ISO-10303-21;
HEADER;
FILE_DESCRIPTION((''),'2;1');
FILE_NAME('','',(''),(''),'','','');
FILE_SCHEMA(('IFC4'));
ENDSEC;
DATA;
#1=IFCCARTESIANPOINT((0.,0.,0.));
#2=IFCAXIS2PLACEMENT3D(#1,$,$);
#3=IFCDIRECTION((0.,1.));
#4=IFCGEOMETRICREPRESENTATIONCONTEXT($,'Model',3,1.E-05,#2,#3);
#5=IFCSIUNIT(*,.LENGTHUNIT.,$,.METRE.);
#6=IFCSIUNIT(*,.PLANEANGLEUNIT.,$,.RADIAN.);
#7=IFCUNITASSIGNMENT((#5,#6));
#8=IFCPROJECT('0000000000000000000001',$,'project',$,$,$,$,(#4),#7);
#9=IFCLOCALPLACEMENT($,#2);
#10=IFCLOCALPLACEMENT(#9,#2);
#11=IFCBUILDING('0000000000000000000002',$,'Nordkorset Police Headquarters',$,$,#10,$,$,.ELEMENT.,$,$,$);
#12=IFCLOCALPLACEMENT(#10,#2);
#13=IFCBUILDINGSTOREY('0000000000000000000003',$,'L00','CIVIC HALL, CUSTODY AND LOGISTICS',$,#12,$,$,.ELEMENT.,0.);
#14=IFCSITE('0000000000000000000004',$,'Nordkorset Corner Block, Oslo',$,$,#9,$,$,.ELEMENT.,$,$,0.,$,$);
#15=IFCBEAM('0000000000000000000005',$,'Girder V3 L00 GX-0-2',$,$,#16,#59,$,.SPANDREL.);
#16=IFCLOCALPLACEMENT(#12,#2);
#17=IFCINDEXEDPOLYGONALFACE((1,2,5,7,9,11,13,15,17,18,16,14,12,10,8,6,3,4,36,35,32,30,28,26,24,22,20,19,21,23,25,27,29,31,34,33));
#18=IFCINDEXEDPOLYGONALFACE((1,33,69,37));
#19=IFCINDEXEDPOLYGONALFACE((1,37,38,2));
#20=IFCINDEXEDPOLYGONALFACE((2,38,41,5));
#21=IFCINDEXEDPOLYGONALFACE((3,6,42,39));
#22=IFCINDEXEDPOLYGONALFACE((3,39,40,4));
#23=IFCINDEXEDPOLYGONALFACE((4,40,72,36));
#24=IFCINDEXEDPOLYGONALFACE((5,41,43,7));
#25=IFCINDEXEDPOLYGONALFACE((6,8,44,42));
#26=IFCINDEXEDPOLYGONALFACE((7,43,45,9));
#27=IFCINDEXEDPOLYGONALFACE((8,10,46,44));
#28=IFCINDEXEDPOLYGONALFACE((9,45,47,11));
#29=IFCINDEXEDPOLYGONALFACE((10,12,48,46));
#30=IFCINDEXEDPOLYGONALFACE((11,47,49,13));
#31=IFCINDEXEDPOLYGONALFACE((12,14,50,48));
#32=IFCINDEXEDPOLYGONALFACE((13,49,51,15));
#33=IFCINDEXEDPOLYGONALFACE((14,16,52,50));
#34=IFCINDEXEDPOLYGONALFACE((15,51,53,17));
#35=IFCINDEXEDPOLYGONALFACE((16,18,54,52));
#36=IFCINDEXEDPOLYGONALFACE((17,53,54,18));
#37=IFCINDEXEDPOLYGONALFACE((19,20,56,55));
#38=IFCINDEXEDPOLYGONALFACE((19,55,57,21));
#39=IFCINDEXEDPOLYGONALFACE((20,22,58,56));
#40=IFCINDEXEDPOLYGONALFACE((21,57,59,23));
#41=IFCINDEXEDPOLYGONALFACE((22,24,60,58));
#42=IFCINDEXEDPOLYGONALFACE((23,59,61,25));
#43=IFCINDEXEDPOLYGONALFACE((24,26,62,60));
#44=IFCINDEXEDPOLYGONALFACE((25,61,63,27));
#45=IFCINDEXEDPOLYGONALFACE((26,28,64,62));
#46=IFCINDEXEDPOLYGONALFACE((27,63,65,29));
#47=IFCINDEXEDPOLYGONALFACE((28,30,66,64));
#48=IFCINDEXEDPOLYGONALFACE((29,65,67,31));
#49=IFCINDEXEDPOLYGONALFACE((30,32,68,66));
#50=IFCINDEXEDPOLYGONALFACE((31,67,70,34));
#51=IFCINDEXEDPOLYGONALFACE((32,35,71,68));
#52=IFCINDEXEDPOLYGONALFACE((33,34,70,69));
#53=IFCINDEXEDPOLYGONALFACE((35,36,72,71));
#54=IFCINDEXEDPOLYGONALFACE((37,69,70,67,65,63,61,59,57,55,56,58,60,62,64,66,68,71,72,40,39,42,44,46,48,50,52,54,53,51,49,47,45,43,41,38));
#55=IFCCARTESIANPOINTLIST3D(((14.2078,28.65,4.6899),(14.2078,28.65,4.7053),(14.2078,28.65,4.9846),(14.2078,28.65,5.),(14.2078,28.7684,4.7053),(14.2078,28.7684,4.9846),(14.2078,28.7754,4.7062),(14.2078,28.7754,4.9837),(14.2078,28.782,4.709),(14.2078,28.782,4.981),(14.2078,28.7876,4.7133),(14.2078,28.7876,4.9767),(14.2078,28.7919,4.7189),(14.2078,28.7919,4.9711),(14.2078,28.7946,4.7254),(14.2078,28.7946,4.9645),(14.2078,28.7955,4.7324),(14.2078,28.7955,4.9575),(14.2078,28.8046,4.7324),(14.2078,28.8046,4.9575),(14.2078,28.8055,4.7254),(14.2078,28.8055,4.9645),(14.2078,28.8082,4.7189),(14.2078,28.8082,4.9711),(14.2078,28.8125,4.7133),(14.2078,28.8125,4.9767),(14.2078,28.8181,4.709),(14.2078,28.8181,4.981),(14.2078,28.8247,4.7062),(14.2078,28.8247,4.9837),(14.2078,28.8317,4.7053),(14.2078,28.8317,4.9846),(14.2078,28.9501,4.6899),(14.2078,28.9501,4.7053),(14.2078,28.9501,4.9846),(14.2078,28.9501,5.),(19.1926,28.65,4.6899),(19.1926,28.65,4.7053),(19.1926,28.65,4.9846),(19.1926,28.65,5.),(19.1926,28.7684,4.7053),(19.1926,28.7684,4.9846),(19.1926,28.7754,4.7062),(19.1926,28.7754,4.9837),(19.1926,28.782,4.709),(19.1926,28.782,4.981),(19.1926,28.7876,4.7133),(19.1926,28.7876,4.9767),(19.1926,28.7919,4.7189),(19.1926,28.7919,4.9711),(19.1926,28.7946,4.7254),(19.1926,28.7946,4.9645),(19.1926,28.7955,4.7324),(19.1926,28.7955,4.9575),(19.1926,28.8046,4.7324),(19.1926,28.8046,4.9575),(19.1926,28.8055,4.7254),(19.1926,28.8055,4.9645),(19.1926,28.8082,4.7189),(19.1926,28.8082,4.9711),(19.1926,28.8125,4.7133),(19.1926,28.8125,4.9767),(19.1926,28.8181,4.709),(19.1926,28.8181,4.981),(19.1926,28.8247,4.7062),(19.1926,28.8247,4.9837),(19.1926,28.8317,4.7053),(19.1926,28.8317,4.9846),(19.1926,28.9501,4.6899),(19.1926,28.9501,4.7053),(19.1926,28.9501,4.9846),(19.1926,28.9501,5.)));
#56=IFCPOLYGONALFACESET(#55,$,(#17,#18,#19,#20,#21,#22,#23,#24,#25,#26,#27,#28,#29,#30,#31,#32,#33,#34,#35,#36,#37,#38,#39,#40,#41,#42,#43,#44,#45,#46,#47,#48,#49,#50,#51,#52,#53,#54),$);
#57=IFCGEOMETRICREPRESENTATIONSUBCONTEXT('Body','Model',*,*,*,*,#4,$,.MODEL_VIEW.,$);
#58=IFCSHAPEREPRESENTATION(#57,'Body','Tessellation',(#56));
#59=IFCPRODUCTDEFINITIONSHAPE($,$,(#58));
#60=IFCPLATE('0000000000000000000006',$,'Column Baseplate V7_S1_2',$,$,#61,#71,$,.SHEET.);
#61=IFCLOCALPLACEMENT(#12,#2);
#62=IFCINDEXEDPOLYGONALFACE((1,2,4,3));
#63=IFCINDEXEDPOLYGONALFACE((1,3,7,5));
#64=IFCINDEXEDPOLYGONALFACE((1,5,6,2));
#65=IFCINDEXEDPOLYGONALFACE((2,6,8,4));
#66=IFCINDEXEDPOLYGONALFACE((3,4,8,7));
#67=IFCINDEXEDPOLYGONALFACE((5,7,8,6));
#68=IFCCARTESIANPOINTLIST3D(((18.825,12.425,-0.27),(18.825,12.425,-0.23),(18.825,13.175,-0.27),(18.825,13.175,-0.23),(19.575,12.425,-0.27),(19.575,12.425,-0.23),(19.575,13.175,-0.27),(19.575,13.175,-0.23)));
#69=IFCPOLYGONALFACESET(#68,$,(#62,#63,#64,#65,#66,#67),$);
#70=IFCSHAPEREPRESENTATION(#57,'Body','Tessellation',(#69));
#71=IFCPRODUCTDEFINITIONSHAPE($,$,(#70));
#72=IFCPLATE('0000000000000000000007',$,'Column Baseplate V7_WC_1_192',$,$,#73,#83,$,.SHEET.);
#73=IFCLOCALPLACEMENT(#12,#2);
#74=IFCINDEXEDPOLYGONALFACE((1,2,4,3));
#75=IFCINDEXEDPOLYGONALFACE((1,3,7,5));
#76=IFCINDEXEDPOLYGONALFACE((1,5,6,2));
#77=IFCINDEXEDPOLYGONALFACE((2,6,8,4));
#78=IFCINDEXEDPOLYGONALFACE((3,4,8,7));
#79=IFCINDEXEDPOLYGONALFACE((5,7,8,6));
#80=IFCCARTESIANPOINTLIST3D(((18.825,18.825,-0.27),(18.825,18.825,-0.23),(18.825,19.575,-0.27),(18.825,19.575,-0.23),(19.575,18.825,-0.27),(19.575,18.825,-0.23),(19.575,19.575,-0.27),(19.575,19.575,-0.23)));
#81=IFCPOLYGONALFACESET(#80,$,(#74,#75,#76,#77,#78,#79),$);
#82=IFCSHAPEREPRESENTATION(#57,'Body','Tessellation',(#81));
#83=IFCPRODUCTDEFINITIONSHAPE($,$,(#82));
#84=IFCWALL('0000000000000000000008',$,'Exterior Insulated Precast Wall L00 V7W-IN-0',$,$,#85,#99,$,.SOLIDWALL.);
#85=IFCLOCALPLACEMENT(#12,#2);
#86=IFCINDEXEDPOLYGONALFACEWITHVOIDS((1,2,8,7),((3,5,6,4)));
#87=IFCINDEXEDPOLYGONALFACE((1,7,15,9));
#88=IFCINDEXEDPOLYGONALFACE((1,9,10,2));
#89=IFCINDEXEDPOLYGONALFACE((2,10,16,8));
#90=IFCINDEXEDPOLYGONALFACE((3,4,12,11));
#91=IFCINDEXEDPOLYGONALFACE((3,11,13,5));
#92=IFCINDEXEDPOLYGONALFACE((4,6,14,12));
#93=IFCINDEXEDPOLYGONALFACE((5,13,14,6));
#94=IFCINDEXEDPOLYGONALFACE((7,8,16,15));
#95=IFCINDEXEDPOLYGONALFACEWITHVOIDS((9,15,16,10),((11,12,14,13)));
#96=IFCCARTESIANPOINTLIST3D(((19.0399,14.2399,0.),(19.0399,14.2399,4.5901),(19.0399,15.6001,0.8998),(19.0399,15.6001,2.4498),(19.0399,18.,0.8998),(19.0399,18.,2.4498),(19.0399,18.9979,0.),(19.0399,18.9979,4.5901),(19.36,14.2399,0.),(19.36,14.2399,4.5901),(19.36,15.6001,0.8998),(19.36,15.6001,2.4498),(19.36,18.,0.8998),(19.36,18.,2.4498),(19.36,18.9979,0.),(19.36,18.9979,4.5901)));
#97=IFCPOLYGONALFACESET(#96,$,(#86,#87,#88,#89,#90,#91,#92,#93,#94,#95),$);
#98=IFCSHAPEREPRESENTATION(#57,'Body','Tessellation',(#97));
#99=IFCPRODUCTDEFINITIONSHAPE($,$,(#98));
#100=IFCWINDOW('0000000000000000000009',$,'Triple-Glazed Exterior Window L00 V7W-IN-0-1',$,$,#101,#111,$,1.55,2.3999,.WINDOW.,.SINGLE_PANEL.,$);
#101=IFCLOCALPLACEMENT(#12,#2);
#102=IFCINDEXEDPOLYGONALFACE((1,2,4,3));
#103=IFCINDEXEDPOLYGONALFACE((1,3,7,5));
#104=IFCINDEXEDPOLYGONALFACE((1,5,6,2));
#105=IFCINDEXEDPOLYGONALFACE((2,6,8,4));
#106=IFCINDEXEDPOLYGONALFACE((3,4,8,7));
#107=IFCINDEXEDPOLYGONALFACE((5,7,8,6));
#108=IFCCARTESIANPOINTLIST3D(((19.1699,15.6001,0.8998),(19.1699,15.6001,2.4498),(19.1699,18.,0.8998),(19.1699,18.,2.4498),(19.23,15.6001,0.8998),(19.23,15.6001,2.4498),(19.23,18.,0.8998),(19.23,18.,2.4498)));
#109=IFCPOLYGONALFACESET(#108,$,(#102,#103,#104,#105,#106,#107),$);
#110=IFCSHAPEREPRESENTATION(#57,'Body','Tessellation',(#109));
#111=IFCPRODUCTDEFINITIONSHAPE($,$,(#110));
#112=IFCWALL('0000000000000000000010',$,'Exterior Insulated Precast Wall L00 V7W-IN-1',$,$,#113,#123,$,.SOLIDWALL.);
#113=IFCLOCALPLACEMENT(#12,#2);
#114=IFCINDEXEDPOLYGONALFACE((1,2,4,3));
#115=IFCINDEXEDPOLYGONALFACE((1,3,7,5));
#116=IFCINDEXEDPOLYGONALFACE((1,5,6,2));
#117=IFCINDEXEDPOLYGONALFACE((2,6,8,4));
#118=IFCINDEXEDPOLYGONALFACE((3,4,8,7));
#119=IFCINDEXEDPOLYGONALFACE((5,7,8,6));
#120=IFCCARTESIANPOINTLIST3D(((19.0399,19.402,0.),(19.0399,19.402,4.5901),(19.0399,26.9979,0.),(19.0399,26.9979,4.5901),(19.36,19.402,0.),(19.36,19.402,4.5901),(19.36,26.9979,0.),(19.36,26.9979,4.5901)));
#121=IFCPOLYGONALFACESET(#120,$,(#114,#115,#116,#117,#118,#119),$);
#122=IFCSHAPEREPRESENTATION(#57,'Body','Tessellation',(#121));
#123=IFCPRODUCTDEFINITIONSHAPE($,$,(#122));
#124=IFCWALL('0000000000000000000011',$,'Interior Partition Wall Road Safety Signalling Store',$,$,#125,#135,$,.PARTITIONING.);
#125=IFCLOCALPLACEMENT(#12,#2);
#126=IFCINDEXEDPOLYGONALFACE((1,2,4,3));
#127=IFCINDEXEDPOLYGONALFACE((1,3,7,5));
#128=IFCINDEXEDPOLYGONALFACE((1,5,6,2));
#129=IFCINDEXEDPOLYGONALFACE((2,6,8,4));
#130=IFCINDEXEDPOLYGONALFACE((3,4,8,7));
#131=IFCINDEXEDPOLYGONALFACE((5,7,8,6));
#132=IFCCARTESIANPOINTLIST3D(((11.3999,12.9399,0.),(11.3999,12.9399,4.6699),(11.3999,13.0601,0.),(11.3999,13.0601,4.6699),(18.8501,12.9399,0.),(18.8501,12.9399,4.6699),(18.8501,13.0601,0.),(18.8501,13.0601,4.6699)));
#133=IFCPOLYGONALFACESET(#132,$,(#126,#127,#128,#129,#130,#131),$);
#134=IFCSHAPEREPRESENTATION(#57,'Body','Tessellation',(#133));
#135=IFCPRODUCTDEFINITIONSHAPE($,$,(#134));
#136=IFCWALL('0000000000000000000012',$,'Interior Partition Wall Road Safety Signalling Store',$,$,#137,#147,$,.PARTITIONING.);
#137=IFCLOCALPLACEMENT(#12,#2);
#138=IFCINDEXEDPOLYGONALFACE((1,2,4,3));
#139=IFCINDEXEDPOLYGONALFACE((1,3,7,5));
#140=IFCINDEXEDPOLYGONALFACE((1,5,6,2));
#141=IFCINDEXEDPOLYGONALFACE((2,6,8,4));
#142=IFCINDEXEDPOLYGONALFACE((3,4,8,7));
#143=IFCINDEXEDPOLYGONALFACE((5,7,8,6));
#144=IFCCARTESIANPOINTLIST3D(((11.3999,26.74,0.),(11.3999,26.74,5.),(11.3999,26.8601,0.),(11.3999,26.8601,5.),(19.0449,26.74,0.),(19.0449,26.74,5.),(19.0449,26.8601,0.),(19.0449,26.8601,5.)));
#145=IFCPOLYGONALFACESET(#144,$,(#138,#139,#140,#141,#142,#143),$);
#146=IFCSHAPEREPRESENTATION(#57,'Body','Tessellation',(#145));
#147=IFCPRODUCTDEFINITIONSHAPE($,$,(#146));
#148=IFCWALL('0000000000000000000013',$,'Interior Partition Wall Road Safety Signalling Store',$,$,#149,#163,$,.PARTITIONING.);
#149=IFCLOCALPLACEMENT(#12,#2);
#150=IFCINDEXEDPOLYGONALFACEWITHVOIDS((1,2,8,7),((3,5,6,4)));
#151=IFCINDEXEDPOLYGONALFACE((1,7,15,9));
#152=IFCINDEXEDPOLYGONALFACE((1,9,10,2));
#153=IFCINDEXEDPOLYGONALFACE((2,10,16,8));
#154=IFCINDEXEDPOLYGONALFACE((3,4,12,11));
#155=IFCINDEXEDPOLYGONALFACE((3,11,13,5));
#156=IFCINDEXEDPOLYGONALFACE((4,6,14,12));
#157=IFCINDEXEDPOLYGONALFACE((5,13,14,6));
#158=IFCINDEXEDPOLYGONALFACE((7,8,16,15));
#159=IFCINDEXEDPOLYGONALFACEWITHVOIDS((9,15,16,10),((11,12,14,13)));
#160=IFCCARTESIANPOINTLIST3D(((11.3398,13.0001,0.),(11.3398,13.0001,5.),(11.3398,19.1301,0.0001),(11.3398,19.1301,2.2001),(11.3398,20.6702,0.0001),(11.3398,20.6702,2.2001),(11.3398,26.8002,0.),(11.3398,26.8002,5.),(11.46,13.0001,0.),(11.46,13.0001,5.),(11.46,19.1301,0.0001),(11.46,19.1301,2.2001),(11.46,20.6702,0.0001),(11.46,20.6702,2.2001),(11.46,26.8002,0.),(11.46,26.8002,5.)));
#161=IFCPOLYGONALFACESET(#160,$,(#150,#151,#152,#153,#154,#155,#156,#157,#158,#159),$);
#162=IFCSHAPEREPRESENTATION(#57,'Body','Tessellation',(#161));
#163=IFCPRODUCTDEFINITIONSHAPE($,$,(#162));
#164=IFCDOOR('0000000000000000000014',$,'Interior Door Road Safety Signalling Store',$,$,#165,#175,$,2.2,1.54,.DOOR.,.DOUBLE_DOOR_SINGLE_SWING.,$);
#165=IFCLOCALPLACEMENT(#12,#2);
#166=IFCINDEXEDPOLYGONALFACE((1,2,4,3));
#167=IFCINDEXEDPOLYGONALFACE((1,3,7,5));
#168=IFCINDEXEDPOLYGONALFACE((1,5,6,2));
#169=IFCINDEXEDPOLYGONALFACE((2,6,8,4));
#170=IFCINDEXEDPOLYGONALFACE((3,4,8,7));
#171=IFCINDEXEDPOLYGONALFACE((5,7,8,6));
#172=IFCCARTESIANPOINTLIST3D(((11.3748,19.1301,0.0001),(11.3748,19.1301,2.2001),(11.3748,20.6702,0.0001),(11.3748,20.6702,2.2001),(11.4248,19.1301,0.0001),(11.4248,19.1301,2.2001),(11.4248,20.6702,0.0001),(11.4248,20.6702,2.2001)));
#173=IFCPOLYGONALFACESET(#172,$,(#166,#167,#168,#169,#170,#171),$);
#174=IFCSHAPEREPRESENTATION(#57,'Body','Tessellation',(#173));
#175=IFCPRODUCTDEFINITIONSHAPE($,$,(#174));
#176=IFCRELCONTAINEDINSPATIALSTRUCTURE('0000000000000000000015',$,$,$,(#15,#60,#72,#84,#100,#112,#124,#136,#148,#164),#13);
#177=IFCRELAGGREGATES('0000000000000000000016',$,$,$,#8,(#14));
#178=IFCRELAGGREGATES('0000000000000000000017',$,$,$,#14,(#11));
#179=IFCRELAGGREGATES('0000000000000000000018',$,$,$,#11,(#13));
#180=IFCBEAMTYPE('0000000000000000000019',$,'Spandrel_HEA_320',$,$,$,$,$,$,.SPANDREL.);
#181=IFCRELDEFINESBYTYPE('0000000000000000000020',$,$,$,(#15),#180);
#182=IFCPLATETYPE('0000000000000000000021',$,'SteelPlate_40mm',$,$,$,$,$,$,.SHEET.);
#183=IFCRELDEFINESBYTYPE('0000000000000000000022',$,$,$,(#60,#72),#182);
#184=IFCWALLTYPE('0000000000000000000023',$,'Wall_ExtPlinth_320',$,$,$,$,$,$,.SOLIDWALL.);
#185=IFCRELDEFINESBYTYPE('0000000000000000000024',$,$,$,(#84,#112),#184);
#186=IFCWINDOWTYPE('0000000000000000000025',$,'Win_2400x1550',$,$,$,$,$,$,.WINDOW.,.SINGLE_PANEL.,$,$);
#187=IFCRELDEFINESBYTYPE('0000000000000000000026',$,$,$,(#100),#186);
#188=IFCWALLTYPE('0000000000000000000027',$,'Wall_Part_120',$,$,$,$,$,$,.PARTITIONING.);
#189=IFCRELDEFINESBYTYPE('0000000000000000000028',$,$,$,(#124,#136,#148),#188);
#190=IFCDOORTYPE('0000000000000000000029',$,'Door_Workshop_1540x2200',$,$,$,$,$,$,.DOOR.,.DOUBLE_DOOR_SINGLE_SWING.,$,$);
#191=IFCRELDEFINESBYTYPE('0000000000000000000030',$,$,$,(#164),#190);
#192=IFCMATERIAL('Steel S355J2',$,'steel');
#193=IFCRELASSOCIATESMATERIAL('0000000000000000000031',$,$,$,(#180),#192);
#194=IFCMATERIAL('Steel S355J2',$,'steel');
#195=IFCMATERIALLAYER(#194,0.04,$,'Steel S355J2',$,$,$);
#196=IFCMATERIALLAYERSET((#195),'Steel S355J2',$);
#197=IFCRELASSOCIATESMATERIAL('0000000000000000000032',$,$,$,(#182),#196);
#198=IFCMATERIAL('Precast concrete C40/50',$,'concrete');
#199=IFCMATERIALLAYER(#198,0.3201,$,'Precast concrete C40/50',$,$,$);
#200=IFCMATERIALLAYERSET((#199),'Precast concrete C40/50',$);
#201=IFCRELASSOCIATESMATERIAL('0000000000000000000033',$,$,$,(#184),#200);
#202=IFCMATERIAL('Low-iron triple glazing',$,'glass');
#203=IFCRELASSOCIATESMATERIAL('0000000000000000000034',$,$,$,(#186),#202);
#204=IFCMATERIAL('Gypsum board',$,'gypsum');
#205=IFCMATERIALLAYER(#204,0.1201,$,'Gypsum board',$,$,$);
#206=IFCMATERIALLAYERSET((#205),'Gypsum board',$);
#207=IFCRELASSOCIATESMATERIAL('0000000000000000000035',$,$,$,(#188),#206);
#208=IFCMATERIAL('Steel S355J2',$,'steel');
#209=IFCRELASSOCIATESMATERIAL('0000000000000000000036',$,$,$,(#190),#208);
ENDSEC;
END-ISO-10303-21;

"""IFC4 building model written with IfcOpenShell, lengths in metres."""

from ifc_helpers import new_model, si_unit, direction, frame, frame_2d, origin, origin_2d, place, context, subcontext, project, spatial, rectangle, i_section, extrude, material, layer, layer_set, material_profile, profile_set, type_object, element, fill, save


model = new_model("IFC4")

# Units and contexts
model_context = context("Model", 3, precision=1e-05, world=origin(), true_north=direction((0.0, 1.0)))
body_context = subcontext(model_context, "Body", "Model", "MODEL_VIEW")
ifc_project = project(units=[si_unit("LENGTHUNIT", "METRE"), si_unit("PLANEANGLEUNIT", "RADIAN")], contexts=[model_context])

# Site, building, storey
site_placement = place(None, origin())
site = spatial("IfcSite", under=ifc_project, at=site_placement, Name="Nordkorset Corner Block, Oslo", CompositionType="ELEMENT", RefElevation=0.0)
building_placement = place(site_placement, origin())
building = spatial("IfcBuilding", under=site, at=building_placement, Name="Nordkorset Police Headquarters", CompositionType="ELEMENT")
storey_placement = place(building_placement, origin())
storey = spatial("IfcBuildingStorey", under=building, at=storey_placement, Name="L00", Description="CIVIC HALL, CUSTODY AND LOGISTICS", CompositionType="ELEMENT", Elevation=0.0)

# Beam
ifc_material_1 = material(Name="Steel S355J2", Category="steel")
ifc_material_profile_1 = material_profile(ifc_material_1, i_section(OverallWidth=0.3, OverallDepth=0.3101, WebThickness=0.009, FlangeThickness=0.0154, FilletRadius=0.0271, at=origin_2d()), Name="HEA 320")
ifc_profile_set_1 = profile_set([ifc_material_profile_1], Name="Steel S355J2")
beam_type_1 = type_object("IfcBeamType", Name="Spandrel_HEA_320", PredefinedType="SPANDREL", material=ifc_profile_set_1)
beam_1_placement = place(storey_placement, frame((14.2078, 28.8, 4.845), z_axis=(1.0, 0.0, 0.0), x_axis=(0.0, 1.0, 0.0)))
element("IfcBeam", 1, at=beam_1_placement, inside=storey, type_object=beam_type_1, Name="Girder V3 L00 GX-0-2", PredefinedType="SPANDREL", context=body_context, shape_type="SweptSolid", body=[
    extrude(i_section(OverallWidth=0.3, OverallDepth=0.3101, WebThickness=0.009, FlangeThickness=0.0154, FilletRadius=0.0271, at=origin_2d()), origin(), (0.0, 0.0, 1.0), 4.9849),
])

# Plates
ifc_material_2 = material(Name="Steel S355J2", Category="steel")
ifc_layer_1 = layer(ifc_material_2, 0.04, Name="Steel S355J2")
ifc_layer_set_1 = layer_set([ifc_layer_1], Name="Steel S355J2")
plate_type = type_object("IfcPlateType", Name="SteelPlate_40mm", PredefinedType="SHEET", material=ifc_layer_set_1)
for number, where, z_axis, x_axis, name in (
    (2, (19.2, 12.8, -0.27), (0.0, 0.0, 1.0), (1.0, 0.0, 0.0), "Column Baseplate V7_S1_2"),
    (3, (19.2, 19.2, -0.27), (0.0, 0.0, 1.0), (1.0, 0.0, 0.0), "Column Baseplate V7_WC_1_192"),
):
    element("IfcPlate", number, at=place(storey_placement, frame(where, z_axis=z_axis, x_axis=x_axis)), inside=storey, type_object=plate_type, Name=name, PredefinedType="SHEET", context=body_context, shape_type="SweptSolid", body=[
        extrude(rectangle(XDim=0.75, YDim=0.75, at=origin_2d()), origin(), (0.0, 0.0, 1.0), 0.04),
    ])

# Wall, opening, window
ifc_material_3 = material(Name="Precast concrete C40/50", Category="concrete")
ifc_layer_2 = layer(ifc_material_3, 0.3201, Name="Precast concrete C40/50")
ifc_layer_set_2 = layer_set([ifc_layer_2], Name="Precast concrete C40/50")
wall_type_1 = type_object("IfcWallType", Name="Wall_ExtPlinth_320", PredefinedType="SOLIDWALL", material=ifc_layer_set_2)
wall_1_placement = place(storey_placement, frame((19.2, 14.24, 0.0), z_axis=(0.0, 0.0, 1.0), x_axis=(0.0, 1.0, 0.0)))
wall_1 = element("IfcWall", 4, at=wall_1_placement, inside=storey, type_object=wall_type_1, Name="Exterior Insulated Precast Wall L00 V7W-IN-0", PredefinedType="SOLIDWALL", context=body_context, shape_type="SweptSolid", body=[
    extrude(rectangle(XDim=4.7581, YDim=0.3201, at=frame_2d((2.3789, 0.0))), origin(), (0.0, 0.0, 1.0), 4.5901),
])
opening_1_placement = place(wall_1_placement, frame((1.3601, 0.0, 0.8999)))
opening_1 = element("IfcOpeningElement", 5, at=opening_1_placement, cuts=wall_1, PredefinedType="OPENING", context=body_context, shape_type="SweptSolid", body=[
    extrude(rectangle(XDim=2.3999, YDim=1.55, at=frame_2d((1.2, 0.7749))), frame((0.0, 0.1699, 0.0), z_axis=(0.0, -1.0, 0.0), x_axis=(1.0, 0.0, 0.0)), (0.0, 0.0, 1.0), 0.3401),
])
ifc_material_4 = material(Name="Low-iron triple glazing", Category="glass")
window_type = type_object("IfcWindowType", Name="Win_2400x1550", PartitioningType="SINGLE_PANEL", PredefinedType="WINDOW", material=ifc_material_4)
window_placement = place(opening_1_placement, origin())
window = element("IfcWindow", 6, at=window_placement, inside=storey, type_object=window_type, Name="Triple-Glazed Exterior Window L00 V7W-IN-0-1", OverallHeight=1.55, OverallWidth=2.3999, PartitioningType="SINGLE_PANEL", PredefinedType="WINDOW", context=body_context, shape_type="SweptSolid", body=[
    extrude(rectangle(XDim=2.3999, YDim=1.55, at=frame_2d((1.2, 0.7749))), frame((0.0, 0.03, 0.0), z_axis=(0.0, -1.0, 0.0), x_axis=(1.0, 0.0, 0.0)), (0.0, 0.0, 1.0), 0.0601),
])
fill(opening_1, window)

# Walls
wall_2_placement = place(storey_placement, frame((19.2, 19.4021, 0.0), z_axis=(0.0, 0.0, 1.0), x_axis=(0.0, 1.0, 0.0)))
element("IfcWall", 7, at=wall_2_placement, inside=storey, type_object=wall_type_1, Name="Exterior Insulated Precast Wall L00 V7W-IN-1", PredefinedType="SOLIDWALL", context=body_context, shape_type="SweptSolid", body=[
    extrude(rectangle(XDim=7.5959, YDim=0.3201, at=frame_2d((3.7979, 0.0))), origin(), (0.0, 0.0, 1.0), 4.5901),
])
ifc_material_5 = material(Name="Gypsum board", Category="gypsum")
ifc_layer_3 = layer(ifc_material_5, 0.1201, Name="Gypsum board")
ifc_layer_set_3 = layer_set([ifc_layer_3], Name="Gypsum board")
wall_type_2 = type_object("IfcWallType", Name="Wall_Part_120", PredefinedType="PARTITIONING", material=ifc_layer_set_3)
wall_3_placement = place(storey_placement, frame((11.3999, 13.0, 0.0), z_axis=(0.0, 0.0, 1.0), x_axis=(1.0, 0.0, 0.0)))
element("IfcWall", 8, at=wall_3_placement, inside=storey, type_object=wall_type_2, Name="Interior Partition Wall Road Safety Signalling Store", PredefinedType="PARTITIONING", context=body_context, shape_type="SweptSolid", body=[
    extrude(rectangle(XDim=7.4502, YDim=0.1201, at=frame_2d((3.7251, 0.0))), origin(), (0.0, 0.0, 1.0), 4.6699),
])
wall_4_placement = place(storey_placement, frame((19.0449, 26.8, 0.0), z_axis=(0.0, 0.0, 1.0), x_axis=(-1.0, 0.0, 0.0)))
element("IfcWall", 9, at=wall_4_placement, inside=storey, type_object=wall_type_2, Name="Interior Partition Wall Road Safety Signalling Store", PredefinedType="PARTITIONING", context=body_context, shape_type="SweptSolid", body=[
    extrude(rectangle(XDim=7.645, YDim=0.1201, at=frame_2d((3.8225, 0.0))), origin(), (0.0, 0.0, 1.0), 5.0),
])

# Wall, opening, door
wall_5_placement = place(storey_placement, frame((11.3999, 26.8, 0.0), z_axis=(0.0, 0.0, 1.0), x_axis=(0.0, -1.0, 0.0)))
wall_5 = element("IfcWall", 10, at=wall_5_placement, inside=storey, type_object=wall_type_2, Name="Interior Partition Wall Road Safety Signalling Store", PredefinedType="PARTITIONING", context=body_context, shape_type="SweptSolid", body=[
    extrude(rectangle(XDim=13.8, YDim=0.1201, at=frame_2d((6.8999, 0.0))), origin(), (0.0, 0.0, 1.0), 5.0),
])
opening_2_placement = place(wall_5_placement, frame((6.1299, 0.0, 0.0)))
opening_2 = element("IfcOpeningElement", 11, at=opening_2_placement, cuts=wall_5, PredefinedType="OPENING", context=body_context, shape_type="SweptSolid", body=[
    extrude(rectangle(XDim=1.54, YDim=2.2, at=frame_2d((0.77, 1.1001))), frame((0.0, 0.0701, 0.0), z_axis=(0.0, -1.0, 0.0), x_axis=(1.0, 0.0, 0.0)), (0.0, 0.0, 1.0), 0.1401),
])
ifc_material_6 = material(Name="Steel S355J2", Category="steel")
door_type = type_object("IfcDoorType", Name="Door_Workshop_1540x2200", OperationType="DOUBLE_DOOR_SINGLE_SWING", PredefinedType="DOOR", material=ifc_material_6)
door_placement = place(opening_2_placement, origin())
door = element("IfcDoor", 12, at=door_placement, inside=storey, type_object=door_type, Name="Interior Door Road Safety Signalling Store", OperationType="DOUBLE_DOOR_SINGLE_SWING", OverallHeight=2.2, OverallWidth=1.54, PredefinedType="DOOR", context=body_context, shape_type="SweptSolid", body=[
    extrude(rectangle(XDim=1.54, YDim=2.2, at=frame_2d((0.77, 1.1001))), frame((0.0, 0.0249, 0.0), z_axis=(0.0, -1.0, 0.0), x_axis=(1.0, 0.0, 0.0)), (0.0, 0.0, 1.0), 0.05),
])
fill(opening_2, door)

save(model, "model.ifc")
